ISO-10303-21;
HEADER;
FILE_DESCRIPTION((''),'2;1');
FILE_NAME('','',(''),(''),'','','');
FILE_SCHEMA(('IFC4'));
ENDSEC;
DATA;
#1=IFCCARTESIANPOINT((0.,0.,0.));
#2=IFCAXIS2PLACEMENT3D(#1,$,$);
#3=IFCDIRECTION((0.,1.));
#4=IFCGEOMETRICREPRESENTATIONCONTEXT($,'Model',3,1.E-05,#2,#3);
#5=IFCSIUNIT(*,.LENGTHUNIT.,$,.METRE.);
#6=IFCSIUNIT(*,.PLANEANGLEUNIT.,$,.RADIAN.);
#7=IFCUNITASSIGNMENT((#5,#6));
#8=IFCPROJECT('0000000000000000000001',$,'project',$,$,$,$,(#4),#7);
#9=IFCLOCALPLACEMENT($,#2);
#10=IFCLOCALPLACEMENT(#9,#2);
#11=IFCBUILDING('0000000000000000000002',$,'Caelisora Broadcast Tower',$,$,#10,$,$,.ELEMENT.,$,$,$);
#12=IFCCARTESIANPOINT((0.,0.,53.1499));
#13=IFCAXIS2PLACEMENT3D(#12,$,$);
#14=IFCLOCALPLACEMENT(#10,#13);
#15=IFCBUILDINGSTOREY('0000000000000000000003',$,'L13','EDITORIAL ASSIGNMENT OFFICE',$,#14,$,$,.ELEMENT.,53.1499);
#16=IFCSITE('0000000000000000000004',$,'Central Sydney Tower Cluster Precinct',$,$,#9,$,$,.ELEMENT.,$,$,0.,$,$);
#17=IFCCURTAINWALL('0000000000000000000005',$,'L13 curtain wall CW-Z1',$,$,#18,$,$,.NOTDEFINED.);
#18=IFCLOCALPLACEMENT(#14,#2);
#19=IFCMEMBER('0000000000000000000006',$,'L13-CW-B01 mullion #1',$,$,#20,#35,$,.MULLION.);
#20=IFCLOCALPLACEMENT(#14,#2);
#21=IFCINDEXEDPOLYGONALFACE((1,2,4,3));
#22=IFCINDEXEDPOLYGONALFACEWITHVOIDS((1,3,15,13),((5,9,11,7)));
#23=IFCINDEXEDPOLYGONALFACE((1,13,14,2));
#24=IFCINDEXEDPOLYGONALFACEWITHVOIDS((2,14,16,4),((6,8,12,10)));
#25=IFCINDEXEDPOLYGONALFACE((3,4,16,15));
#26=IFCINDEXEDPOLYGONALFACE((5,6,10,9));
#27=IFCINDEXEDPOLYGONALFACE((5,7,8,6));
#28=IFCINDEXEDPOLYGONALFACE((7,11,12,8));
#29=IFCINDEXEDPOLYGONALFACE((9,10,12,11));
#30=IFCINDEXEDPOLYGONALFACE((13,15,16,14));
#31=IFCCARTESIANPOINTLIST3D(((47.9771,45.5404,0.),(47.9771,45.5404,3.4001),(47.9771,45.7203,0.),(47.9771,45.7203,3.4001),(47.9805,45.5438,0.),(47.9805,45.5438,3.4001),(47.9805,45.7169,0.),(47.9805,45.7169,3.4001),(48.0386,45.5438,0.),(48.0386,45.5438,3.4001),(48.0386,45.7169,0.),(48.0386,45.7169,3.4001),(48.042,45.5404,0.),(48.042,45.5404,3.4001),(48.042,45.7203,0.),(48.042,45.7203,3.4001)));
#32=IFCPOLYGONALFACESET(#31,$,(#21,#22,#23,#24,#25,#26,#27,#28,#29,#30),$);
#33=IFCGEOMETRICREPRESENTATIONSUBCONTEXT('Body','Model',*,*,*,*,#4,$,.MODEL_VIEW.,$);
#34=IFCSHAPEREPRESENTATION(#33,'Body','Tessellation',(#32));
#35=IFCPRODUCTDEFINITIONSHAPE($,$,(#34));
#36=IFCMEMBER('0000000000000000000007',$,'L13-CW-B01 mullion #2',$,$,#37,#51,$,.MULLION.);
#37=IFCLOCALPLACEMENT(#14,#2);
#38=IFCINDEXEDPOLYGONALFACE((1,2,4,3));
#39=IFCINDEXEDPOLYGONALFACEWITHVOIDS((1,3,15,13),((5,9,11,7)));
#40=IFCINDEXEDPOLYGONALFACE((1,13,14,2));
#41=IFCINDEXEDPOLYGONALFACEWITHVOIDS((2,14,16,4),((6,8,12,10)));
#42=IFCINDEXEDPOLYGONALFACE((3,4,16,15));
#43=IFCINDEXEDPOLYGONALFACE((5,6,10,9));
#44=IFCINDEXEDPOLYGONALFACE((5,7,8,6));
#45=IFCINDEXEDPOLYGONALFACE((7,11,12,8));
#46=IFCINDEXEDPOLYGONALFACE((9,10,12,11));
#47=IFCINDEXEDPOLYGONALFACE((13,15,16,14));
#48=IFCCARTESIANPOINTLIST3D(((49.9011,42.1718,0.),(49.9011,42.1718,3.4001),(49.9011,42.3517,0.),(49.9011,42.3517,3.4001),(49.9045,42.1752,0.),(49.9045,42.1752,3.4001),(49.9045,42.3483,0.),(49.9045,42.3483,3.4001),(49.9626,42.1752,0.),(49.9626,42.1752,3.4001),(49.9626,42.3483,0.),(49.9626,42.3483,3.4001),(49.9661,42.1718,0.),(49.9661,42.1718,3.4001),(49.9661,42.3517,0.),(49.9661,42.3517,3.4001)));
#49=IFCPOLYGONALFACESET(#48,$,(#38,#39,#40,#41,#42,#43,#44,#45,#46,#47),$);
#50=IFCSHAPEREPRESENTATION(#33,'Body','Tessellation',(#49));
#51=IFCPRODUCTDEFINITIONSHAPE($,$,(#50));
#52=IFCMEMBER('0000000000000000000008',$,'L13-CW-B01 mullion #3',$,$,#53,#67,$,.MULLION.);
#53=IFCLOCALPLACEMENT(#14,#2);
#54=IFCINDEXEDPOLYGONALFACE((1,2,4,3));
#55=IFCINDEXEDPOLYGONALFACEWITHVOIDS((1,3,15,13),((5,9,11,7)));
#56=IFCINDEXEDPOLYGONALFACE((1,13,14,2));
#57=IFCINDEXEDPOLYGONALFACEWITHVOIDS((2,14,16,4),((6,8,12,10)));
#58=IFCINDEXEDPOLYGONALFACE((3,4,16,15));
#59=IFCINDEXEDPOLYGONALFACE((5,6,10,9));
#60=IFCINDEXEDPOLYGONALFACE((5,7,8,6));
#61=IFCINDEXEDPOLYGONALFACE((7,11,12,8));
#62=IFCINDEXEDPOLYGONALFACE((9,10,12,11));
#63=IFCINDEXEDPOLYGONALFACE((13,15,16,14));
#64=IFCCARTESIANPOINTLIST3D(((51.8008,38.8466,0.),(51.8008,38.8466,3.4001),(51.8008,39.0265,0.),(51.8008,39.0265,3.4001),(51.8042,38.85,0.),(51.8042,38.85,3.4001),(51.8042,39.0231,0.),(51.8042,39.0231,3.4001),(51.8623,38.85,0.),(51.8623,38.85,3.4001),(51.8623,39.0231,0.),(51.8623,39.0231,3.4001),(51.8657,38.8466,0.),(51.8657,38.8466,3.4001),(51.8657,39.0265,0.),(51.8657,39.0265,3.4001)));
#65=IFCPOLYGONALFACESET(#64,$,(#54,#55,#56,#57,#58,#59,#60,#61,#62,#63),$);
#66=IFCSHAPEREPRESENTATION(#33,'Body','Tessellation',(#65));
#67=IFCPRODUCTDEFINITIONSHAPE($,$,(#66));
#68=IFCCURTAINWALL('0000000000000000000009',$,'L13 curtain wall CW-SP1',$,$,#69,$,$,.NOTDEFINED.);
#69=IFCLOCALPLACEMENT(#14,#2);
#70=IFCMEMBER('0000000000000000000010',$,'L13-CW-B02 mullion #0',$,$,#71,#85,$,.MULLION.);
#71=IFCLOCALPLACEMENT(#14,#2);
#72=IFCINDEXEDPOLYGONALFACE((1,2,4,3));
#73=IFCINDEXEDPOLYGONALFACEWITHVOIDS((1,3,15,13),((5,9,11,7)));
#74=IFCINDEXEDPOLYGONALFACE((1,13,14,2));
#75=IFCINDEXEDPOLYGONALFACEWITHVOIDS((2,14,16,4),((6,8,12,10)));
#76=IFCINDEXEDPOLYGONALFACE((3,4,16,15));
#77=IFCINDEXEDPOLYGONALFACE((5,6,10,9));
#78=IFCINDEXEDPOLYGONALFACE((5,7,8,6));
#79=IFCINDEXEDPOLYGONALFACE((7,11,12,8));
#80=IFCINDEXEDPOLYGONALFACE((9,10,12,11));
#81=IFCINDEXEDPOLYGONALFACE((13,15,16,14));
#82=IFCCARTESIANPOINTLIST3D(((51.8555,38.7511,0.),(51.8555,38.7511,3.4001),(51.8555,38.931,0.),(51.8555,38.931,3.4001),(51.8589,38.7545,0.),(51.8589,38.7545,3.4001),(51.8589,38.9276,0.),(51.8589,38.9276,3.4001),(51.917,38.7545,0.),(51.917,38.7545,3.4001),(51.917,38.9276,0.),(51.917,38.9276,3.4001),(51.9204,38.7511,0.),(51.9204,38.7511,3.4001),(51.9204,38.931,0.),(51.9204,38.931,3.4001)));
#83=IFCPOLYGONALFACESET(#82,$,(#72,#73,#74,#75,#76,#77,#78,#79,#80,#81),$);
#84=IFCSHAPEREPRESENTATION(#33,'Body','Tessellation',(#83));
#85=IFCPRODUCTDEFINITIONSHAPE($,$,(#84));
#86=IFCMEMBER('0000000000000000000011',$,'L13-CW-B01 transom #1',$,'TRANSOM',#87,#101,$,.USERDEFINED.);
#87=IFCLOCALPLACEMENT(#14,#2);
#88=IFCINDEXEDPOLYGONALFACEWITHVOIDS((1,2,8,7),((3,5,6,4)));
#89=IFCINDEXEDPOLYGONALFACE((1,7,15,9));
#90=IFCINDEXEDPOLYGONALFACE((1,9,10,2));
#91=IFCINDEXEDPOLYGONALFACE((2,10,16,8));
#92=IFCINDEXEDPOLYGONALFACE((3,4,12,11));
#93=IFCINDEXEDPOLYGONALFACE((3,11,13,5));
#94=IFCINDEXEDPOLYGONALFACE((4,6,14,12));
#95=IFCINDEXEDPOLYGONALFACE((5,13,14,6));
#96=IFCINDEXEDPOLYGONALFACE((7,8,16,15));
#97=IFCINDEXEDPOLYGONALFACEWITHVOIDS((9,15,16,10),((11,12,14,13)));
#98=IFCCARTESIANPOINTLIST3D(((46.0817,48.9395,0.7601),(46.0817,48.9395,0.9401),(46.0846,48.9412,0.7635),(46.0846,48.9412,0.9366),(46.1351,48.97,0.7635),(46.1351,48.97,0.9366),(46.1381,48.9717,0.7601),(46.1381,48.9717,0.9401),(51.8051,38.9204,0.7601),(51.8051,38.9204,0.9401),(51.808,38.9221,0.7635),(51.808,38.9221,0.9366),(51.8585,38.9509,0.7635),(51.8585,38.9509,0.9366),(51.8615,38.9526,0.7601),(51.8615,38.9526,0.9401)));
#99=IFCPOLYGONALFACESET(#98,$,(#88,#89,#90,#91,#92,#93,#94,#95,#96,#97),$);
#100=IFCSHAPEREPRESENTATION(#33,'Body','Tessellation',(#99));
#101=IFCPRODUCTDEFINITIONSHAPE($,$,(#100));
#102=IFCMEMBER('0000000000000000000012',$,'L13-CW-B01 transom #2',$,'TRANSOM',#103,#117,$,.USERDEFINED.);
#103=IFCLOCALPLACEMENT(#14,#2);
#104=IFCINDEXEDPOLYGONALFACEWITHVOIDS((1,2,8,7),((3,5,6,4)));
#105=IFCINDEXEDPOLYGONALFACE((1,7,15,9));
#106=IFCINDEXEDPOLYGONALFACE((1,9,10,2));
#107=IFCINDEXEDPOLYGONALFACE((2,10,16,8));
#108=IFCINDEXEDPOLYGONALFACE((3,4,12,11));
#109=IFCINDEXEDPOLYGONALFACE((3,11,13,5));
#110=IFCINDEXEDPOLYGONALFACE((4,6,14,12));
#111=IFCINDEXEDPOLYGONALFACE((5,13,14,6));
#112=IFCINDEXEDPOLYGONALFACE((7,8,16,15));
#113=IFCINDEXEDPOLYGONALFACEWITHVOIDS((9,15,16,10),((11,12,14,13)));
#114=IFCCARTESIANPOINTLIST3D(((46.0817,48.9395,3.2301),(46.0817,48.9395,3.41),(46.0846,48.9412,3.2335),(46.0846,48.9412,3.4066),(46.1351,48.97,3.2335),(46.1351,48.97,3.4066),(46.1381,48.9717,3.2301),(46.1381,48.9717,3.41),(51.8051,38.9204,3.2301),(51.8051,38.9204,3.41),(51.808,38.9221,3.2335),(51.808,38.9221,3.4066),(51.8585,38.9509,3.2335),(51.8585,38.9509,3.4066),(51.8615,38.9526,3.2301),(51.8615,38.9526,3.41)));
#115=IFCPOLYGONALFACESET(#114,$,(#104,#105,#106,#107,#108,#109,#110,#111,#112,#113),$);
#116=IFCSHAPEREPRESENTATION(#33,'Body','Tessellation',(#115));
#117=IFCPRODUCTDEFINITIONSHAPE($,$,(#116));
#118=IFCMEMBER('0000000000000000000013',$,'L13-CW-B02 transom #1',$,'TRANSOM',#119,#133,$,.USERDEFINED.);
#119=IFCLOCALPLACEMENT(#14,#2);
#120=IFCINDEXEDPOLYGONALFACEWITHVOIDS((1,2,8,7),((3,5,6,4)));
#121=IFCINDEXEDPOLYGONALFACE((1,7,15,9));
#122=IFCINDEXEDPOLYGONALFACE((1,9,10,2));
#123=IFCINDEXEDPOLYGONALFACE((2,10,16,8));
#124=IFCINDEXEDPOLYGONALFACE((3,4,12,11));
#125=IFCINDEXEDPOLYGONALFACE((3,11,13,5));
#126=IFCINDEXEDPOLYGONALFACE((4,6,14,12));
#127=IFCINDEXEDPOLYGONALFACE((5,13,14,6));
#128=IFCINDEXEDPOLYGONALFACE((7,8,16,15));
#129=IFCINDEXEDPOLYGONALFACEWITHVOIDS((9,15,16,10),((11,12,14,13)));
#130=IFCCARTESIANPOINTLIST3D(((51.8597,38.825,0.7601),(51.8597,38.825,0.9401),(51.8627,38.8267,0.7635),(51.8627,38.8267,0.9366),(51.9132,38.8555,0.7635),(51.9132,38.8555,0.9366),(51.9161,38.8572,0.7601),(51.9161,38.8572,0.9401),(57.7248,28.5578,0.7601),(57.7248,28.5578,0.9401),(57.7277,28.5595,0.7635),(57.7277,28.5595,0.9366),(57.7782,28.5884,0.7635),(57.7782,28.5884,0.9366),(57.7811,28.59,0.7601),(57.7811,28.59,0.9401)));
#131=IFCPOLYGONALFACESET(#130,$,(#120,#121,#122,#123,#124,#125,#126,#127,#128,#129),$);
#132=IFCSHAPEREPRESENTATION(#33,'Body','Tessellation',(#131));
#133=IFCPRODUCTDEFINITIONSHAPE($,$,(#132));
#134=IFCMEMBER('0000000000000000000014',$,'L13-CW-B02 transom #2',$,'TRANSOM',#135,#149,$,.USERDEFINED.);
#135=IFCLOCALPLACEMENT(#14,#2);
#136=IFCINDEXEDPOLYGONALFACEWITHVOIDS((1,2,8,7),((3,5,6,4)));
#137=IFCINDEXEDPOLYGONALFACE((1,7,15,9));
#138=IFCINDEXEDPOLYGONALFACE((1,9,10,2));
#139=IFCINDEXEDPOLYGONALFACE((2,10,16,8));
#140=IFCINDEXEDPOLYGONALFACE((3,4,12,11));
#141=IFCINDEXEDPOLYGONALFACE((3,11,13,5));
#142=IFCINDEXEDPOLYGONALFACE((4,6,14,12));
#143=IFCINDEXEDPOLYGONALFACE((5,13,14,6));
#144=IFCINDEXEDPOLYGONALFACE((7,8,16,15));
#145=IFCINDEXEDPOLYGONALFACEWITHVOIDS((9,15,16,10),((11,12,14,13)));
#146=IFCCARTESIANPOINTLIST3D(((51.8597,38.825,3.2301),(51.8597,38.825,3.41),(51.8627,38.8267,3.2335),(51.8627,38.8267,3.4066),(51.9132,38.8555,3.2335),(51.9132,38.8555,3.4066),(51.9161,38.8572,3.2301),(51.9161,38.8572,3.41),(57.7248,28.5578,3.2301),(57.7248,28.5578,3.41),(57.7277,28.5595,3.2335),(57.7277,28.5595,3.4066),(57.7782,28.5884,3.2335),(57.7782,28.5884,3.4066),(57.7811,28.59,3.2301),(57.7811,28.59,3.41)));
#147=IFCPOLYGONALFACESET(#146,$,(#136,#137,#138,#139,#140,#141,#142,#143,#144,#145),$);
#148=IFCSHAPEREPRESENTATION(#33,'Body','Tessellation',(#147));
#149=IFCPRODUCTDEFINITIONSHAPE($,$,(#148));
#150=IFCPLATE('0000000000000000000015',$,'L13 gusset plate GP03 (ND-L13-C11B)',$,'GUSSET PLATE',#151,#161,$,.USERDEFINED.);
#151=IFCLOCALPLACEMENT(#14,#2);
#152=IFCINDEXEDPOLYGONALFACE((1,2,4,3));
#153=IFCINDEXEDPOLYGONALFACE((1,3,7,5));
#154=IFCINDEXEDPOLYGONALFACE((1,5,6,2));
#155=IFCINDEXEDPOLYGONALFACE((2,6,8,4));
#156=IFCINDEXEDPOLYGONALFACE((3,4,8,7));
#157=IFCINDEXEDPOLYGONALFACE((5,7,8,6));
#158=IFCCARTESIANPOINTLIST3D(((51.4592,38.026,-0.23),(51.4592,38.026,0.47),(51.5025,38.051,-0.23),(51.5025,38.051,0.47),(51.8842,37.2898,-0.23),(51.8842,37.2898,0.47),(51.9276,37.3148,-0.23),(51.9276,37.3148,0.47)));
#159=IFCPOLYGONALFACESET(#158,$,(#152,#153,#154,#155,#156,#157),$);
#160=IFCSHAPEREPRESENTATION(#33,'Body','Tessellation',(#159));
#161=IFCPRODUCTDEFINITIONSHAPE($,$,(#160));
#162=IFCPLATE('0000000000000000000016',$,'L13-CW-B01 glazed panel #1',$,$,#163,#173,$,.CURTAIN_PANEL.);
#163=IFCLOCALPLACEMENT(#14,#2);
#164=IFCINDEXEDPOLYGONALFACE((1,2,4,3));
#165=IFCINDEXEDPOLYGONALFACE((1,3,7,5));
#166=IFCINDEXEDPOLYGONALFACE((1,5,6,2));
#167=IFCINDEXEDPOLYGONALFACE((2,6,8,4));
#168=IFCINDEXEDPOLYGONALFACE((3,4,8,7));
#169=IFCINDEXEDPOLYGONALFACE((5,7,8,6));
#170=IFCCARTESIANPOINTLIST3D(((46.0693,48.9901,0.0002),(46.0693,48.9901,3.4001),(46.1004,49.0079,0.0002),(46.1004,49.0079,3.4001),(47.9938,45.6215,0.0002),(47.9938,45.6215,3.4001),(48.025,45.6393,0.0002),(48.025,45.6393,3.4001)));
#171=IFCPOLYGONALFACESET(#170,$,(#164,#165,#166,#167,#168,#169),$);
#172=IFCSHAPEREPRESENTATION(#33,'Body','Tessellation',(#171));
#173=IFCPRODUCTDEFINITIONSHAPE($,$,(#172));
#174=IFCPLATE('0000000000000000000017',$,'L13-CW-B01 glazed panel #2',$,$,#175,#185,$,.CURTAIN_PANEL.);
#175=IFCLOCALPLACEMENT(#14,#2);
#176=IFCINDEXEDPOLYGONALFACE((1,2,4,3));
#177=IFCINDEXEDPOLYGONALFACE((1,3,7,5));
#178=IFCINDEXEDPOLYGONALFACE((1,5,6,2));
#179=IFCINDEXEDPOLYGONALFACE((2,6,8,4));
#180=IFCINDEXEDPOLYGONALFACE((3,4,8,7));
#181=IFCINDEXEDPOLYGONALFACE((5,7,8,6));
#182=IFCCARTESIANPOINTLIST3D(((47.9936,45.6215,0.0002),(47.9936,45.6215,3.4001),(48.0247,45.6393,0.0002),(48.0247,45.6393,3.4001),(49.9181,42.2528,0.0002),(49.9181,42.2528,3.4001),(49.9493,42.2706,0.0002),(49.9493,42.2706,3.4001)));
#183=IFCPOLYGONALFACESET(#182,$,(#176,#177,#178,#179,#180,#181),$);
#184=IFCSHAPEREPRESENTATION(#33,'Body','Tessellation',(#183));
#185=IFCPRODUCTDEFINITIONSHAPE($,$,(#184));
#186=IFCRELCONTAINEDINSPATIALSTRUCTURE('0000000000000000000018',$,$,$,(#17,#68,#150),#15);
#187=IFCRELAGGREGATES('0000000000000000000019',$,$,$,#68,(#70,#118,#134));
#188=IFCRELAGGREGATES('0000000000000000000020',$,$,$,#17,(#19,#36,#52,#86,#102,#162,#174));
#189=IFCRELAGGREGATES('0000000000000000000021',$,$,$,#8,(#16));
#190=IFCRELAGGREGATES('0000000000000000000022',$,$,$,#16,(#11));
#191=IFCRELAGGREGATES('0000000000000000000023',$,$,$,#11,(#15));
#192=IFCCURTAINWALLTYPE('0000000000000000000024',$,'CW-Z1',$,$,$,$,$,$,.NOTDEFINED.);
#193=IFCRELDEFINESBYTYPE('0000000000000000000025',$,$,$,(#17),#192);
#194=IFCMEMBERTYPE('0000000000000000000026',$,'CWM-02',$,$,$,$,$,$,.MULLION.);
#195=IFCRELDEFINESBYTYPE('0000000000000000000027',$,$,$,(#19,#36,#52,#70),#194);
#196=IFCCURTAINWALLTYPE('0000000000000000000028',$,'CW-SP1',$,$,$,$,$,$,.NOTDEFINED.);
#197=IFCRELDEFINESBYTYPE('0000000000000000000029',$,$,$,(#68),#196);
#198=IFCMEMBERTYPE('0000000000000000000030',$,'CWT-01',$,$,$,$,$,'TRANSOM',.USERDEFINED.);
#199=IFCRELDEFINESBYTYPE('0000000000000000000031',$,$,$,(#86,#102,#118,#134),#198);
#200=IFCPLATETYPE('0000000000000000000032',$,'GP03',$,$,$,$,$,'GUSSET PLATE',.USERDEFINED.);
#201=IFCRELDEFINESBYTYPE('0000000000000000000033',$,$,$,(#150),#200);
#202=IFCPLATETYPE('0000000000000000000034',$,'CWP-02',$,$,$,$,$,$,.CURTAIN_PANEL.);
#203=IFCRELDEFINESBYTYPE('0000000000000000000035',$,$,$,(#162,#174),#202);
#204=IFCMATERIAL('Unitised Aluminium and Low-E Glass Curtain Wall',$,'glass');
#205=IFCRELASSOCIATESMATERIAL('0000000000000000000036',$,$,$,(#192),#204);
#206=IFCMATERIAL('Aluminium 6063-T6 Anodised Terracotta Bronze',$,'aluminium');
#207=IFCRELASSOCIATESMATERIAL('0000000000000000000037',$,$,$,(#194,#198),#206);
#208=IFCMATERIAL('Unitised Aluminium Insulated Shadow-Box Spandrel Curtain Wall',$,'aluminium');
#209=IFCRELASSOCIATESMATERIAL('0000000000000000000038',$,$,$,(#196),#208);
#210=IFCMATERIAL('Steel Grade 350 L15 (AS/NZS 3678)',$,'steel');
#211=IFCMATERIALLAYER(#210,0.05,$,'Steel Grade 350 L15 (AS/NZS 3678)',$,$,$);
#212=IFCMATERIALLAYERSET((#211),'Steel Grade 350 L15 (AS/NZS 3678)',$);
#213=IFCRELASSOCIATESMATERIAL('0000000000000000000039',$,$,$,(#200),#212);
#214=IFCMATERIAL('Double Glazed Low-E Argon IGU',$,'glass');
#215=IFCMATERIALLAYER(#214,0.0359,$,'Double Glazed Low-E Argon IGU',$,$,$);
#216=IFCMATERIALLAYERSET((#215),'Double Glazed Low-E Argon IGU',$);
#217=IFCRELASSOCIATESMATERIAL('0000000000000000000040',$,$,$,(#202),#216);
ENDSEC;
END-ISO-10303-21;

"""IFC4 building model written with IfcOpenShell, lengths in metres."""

from ifc_helpers import new_model, si_unit, direction, frame, origin, origin_2d, place, context, subcontext, project, spatial, rectangle, hollow_rectangle, extrude, source, transform, mapped, material, layer, layer_set, material_profile, profile_set, type_object, type_shapes, element, aggregate, save


model = new_model("IFC4")

# Units and contexts
model_context = context("Model", 3, precision=1e-05, world=origin(), true_north=direction((0.0, 1.0)))
body_context = subcontext(model_context, "Body", "Model", "MODEL_VIEW")
ifc_project = project(units=[si_unit("LENGTHUNIT", "METRE"), si_unit("PLANEANGLEUNIT", "RADIAN")], contexts=[model_context])

# Site, building, storey
site_placement = place(None, origin())
site = spatial("IfcSite", under=ifc_project, at=site_placement, Name="Central Sydney Tower Cluster Precinct", CompositionType="ELEMENT", RefElevation=0.0)
building_placement = place(site_placement, origin())
building = spatial("IfcBuilding", under=site, at=building_placement, Name="Caelisora Broadcast Tower", CompositionType="ELEMENT")
storey_placement = place(building_placement, frame((0.0, 0.0, 53.1499)))
storey = spatial("IfcBuildingStorey", under=building, at=storey_placement, Name="L13", Description="EDITORIAL ASSIGNMENT OFFICE", CompositionType="ELEMENT", Elevation=53.1499)

# Shared definitions
ifc_material_1 = material(Name="Steel Grade 350 L15 (AS/NZS 3678)", Category="steel")

# Curtain wall, members
ifc_material_2 = material(Name="Unitised Aluminium and Low-E Glass Curtain Wall", Category="glass")
curtain_wall_type_1 = type_object("IfcCurtainWallType", Name="CW-Z1", PredefinedType="NOTDEFINED", material=ifc_material_2)
curtain_wall_1_placement = place(storey_placement, origin())
curtain_wall_1 = element("IfcCurtainWall", 1, at=curtain_wall_1_placement, inside=storey, type_object=curtain_wall_type_1, Name="L13 curtain wall CW-Z1", PredefinedType="NOTDEFINED")
ifc_material_3 = material(Name="Aluminium 6063-T6 Anodised Terracotta Bronze", Category="aluminium")
ifc_material_profile_1 = material_profile(ifc_material_3, hollow_rectangle(XDim=0.0649, YDim=0.1799, WallThickness=0.0034, at=origin_2d()), Name="Aluminium 6063-T6 Anodised Terracotta Bronze")
ifc_profile_set_1 = profile_set([ifc_material_profile_1], Name="Aluminium 6063-T6 Anodised Terracotta Bronze")
member_type_1 = type_object("IfcMemberType", Name="CWM-02", PredefinedType="MULLION", material=ifc_profile_set_1)
shared_shape_1 = source(origin(), body_context, "Body", "SweptSolid", [
    extrude(hollow_rectangle(XDim=0.0649, YDim=0.1799, WallThickness=0.0034, at=origin_2d()), origin(), (0.0, 0.0, 1.0), 3.4001),
])
type_shapes(member_type_1, [shared_shape_1])
member_1_placement = place(storey_placement, frame((48.0095, 45.6304, 0.0), z_axis=(0.0, 0.0, 1.0), x_axis=(1.0, 0.0, 0.0)))
member_1 = element("IfcMember", 2, at=member_1_placement, type_object=member_type_1, Name="L13-CW-B01 mullion #1", PredefinedType="MULLION", context=body_context, shape_type="MappedRepresentation", body=[
    mapped(shared_shape_1, transform((0.0, 0.0, 0.0), scale=1.0)),
])
member_2_placement = place(storey_placement, frame((49.9336, 42.2617, 0.0), z_axis=(0.0, 0.0, 1.0), x_axis=(1.0, 0.0, 0.0)))
member_2 = element("IfcMember", 3, at=member_2_placement, type_object=member_type_1, Name="L13-CW-B01 mullion #2", PredefinedType="MULLION", context=body_context, shape_type="MappedRepresentation", body=[
    mapped(shared_shape_1, transform((0.0, 0.0, 0.0), scale=1.0)),
])
member_3_placement = place(storey_placement, frame((51.8333, 38.9365, 0.0), z_axis=(0.0, 0.0, 1.0), x_axis=(1.0, 0.0, 0.0)))
member_3 = element("IfcMember", 4, at=member_3_placement, type_object=member_type_1, Name="L13-CW-B01 mullion #3", PredefinedType="MULLION", context=body_context, shape_type="MappedRepresentation", body=[
    mapped(shared_shape_1, transform((0.0, 0.0, 0.0), scale=1.0)),
])

# Curtain wall, member
ifc_material_4 = material(Name="Unitised Aluminium Insulated Shadow-Box Spandrel Curtain Wall", Category="aluminium")
curtain_wall_type_2 = type_object("IfcCurtainWallType", Name="CW-SP1", PredefinedType="NOTDEFINED", material=ifc_material_4)
curtain_wall_2_placement = place(storey_placement, origin())
curtain_wall_2 = element("IfcCurtainWall", 5, at=curtain_wall_2_placement, inside=storey, type_object=curtain_wall_type_2, Name="L13 curtain wall CW-SP1", PredefinedType="NOTDEFINED")
member_4_placement = place(storey_placement, frame((51.8879, 38.8411, 0.0), z_axis=(0.0, 0.0, 1.0), x_axis=(1.0, 0.0, 0.0)))
member_4 = element("IfcMember", 6, at=member_4_placement, type_object=member_type_1, Name="L13-CW-B02 mullion #0", PredefinedType="MULLION", context=body_context, shape_type="MappedRepresentation", body=[
    mapped(shared_shape_1, transform((0.0, 0.0, 0.0), scale=1.0)),
])

# Members
ifc_material_profile_2 = material_profile(ifc_material_3, hollow_rectangle(XDim=0.0649, YDim=0.1799, WallThickness=0.0034, at=origin_2d()), Name="Aluminium 6063-T6 Anodised Terracotta Bronze")
ifc_profile_set_2 = profile_set([ifc_material_profile_2], Name="Aluminium 6063-T6 Anodised Terracotta Bronze")
member_type_2 = type_object("IfcMemberType", Name="CWT-01", ElementType="TRANSOM", PredefinedType="USERDEFINED", material=ifc_profile_set_2)
shared_shape_2 = source(origin(), body_context, "Body", "SweptSolid", [
    extrude(hollow_rectangle(XDim=0.0649, YDim=0.1799, WallThickness=0.0034, at=origin_2d()), origin(), (0.0, 0.0, 1.0), 11.5386),
])
member_5_placement = place(storey_placement, frame((46.1099, 48.9556, 0.8501), z_axis=(0.496023, -0.86831, 0.0), x_axis=(0.86831, 0.496023, 0.0)))
member_5 = element("IfcMember", 7, at=member_5_placement, type_object=member_type_2, Name="L13-CW-B01 transom #1", ObjectType="TRANSOM", PredefinedType="USERDEFINED", context=body_context, shape_type="MappedRepresentation", body=[
    mapped(shared_shape_2, transform((0.0, 0.0, 0.0), scale=1.0)),
])
member_6_placement = place(storey_placement, frame((46.1099, 48.9556, 3.3201), z_axis=(0.496023, -0.86831, 0.0), x_axis=(0.86831, 0.496023, 0.0)))
member_6 = element("IfcMember", 8, at=member_6_placement, type_object=member_type_2, Name="L13-CW-B01 transom #2", ObjectType="TRANSOM", PredefinedType="USERDEFINED", context=body_context, shape_type="MappedRepresentation", body=[
    mapped(shared_shape_2, transform((0.0, 0.0, 0.0), scale=1.0)),
])
shared_shape_3 = source(origin(), body_context, "Body", "SweptSolid", [
    extrude(hollow_rectangle(XDim=0.0649, YDim=0.1799, WallThickness=0.0034, at=origin_2d()), origin(), (0.0, 0.0, 1.0), 11.8242),
])
type_shapes(member_type_2, [shared_shape_2, shared_shape_3])
member_7_placement = place(storey_placement, frame((51.8879, 38.8411, 0.8501), z_axis=(0.496017, -0.868313, 0.0), x_axis=(0.868313, 0.496017, 0.0)))
member_7 = element("IfcMember", 9, at=member_7_placement, type_object=member_type_2, Name="L13-CW-B02 transom #1", ObjectType="TRANSOM", PredefinedType="USERDEFINED", context=body_context, shape_type="MappedRepresentation", body=[
    mapped(shared_shape_3, transform((0.0, 0.0, 0.0), scale=1.0)),
])
member_8_placement = place(storey_placement, frame((51.8879, 38.8411, 3.3201), z_axis=(0.496017, -0.868313, 0.0), x_axis=(0.868313, 0.496017, 0.0)))
member_8 = element("IfcMember", 10, at=member_8_placement, type_object=member_type_2, Name="L13-CW-B02 transom #2", ObjectType="TRANSOM", PredefinedType="USERDEFINED", context=body_context, shape_type="MappedRepresentation", body=[
    mapped(shared_shape_3, transform((0.0, 0.0, 0.0), scale=1.0)),
])
aggregate(curtain_wall_2, [member_4, member_7, member_8])

# Plates
ifc_layer_1 = layer(ifc_material_1, 0.05, Name="Steel Grade 350 L15 (AS/NZS 3678)")
ifc_layer_set_1 = layer_set([ifc_layer_1], Name="Steel Grade 350 L15 (AS/NZS 3678)")
plate_type_1 = type_object("IfcPlateType", Name="GP03", ElementType="GUSSET PLATE", PredefinedType="USERDEFINED", material=ifc_layer_set_1)
shared_shape_4 = source(origin(), body_context, "Body", "SweptSolid", [
    extrude(rectangle(XDim=0.8501, YDim=0.05, at=origin_2d()), origin(), (0.0, 0.0, 1.0), 0.7),
])
type_shapes(plate_type_1, [shared_shape_4])
plate_1_placement = place(storey_placement, frame((51.6934, 37.6704, -0.23), z_axis=(0.0, 0.0, 1.0), x_axis=(-0.5, 0.866025, 0.0)))
element("IfcPlate", 11, at=plate_1_placement, inside=storey, type_object=plate_type_1, Name="L13 gusset plate GP03 (ND-L13-C11B)", ObjectType="GUSSET PLATE", PredefinedType="USERDEFINED", context=body_context, shape_type="MappedRepresentation", body=[
    mapped(shared_shape_4, transform((0.0, 0.0, 0.0), scale=1.0)),
])
ifc_material_5 = material(Name="Double Glazed Low-E Argon IGU", Category="glass")
ifc_layer_2 = layer(ifc_material_5, 0.0359, Name="Double Glazed Low-E Argon IGU")
ifc_layer_set_2 = layer_set([ifc_layer_2], Name="Double Glazed Low-E Argon IGU")
plate_type_2 = type_object("IfcPlateType", Name="CWP-02", PredefinedType="CURTAIN_PANEL", material=ifc_layer_set_2)
shared_shape_5 = source(origin(), body_context, "Body", "SweptSolid", [
    extrude(rectangle(XDim=3.8796, YDim=0.0359, at=origin_2d()), origin(), (0.0, 0.0, 1.0), 3.3999),
])
type_shapes(plate_type_2, [shared_shape_5])
plate_2_placement = place(storey_placement, frame((47.0471, 47.3147, 0.0002), z_axis=(0.0, 0.0, 1.0), x_axis=(0.496065, -0.868285, 0.0)))
plate_2 = element("IfcPlate", 12, at=plate_2_placement, type_object=plate_type_2, Name="L13-CW-B01 glazed panel #1", PredefinedType="CURTAIN_PANEL", context=body_context, shape_type="MappedRepresentation", body=[
    mapped(shared_shape_5, transform((0.0, 0.0, 0.0), scale=1.0)),
])
plate_3_placement = place(storey_placement, frame((48.9714, 43.946, 0.0002), z_axis=(0.0, 0.0, 1.0), x_axis=(0.496065, -0.868285, 0.0)))
plate_3 = element("IfcPlate", 13, at=plate_3_placement, type_object=plate_type_2, Name="L13-CW-B01 glazed panel #2", PredefinedType="CURTAIN_PANEL", context=body_context, shape_type="MappedRepresentation", body=[
    mapped(shared_shape_5, transform((0.0, 0.0, 0.0), scale=1.0)),
])
aggregate(curtain_wall_1, [member_1, member_2, member_3, member_5, member_6, plate_2, plate_3])

save(model, "model.ifc")
